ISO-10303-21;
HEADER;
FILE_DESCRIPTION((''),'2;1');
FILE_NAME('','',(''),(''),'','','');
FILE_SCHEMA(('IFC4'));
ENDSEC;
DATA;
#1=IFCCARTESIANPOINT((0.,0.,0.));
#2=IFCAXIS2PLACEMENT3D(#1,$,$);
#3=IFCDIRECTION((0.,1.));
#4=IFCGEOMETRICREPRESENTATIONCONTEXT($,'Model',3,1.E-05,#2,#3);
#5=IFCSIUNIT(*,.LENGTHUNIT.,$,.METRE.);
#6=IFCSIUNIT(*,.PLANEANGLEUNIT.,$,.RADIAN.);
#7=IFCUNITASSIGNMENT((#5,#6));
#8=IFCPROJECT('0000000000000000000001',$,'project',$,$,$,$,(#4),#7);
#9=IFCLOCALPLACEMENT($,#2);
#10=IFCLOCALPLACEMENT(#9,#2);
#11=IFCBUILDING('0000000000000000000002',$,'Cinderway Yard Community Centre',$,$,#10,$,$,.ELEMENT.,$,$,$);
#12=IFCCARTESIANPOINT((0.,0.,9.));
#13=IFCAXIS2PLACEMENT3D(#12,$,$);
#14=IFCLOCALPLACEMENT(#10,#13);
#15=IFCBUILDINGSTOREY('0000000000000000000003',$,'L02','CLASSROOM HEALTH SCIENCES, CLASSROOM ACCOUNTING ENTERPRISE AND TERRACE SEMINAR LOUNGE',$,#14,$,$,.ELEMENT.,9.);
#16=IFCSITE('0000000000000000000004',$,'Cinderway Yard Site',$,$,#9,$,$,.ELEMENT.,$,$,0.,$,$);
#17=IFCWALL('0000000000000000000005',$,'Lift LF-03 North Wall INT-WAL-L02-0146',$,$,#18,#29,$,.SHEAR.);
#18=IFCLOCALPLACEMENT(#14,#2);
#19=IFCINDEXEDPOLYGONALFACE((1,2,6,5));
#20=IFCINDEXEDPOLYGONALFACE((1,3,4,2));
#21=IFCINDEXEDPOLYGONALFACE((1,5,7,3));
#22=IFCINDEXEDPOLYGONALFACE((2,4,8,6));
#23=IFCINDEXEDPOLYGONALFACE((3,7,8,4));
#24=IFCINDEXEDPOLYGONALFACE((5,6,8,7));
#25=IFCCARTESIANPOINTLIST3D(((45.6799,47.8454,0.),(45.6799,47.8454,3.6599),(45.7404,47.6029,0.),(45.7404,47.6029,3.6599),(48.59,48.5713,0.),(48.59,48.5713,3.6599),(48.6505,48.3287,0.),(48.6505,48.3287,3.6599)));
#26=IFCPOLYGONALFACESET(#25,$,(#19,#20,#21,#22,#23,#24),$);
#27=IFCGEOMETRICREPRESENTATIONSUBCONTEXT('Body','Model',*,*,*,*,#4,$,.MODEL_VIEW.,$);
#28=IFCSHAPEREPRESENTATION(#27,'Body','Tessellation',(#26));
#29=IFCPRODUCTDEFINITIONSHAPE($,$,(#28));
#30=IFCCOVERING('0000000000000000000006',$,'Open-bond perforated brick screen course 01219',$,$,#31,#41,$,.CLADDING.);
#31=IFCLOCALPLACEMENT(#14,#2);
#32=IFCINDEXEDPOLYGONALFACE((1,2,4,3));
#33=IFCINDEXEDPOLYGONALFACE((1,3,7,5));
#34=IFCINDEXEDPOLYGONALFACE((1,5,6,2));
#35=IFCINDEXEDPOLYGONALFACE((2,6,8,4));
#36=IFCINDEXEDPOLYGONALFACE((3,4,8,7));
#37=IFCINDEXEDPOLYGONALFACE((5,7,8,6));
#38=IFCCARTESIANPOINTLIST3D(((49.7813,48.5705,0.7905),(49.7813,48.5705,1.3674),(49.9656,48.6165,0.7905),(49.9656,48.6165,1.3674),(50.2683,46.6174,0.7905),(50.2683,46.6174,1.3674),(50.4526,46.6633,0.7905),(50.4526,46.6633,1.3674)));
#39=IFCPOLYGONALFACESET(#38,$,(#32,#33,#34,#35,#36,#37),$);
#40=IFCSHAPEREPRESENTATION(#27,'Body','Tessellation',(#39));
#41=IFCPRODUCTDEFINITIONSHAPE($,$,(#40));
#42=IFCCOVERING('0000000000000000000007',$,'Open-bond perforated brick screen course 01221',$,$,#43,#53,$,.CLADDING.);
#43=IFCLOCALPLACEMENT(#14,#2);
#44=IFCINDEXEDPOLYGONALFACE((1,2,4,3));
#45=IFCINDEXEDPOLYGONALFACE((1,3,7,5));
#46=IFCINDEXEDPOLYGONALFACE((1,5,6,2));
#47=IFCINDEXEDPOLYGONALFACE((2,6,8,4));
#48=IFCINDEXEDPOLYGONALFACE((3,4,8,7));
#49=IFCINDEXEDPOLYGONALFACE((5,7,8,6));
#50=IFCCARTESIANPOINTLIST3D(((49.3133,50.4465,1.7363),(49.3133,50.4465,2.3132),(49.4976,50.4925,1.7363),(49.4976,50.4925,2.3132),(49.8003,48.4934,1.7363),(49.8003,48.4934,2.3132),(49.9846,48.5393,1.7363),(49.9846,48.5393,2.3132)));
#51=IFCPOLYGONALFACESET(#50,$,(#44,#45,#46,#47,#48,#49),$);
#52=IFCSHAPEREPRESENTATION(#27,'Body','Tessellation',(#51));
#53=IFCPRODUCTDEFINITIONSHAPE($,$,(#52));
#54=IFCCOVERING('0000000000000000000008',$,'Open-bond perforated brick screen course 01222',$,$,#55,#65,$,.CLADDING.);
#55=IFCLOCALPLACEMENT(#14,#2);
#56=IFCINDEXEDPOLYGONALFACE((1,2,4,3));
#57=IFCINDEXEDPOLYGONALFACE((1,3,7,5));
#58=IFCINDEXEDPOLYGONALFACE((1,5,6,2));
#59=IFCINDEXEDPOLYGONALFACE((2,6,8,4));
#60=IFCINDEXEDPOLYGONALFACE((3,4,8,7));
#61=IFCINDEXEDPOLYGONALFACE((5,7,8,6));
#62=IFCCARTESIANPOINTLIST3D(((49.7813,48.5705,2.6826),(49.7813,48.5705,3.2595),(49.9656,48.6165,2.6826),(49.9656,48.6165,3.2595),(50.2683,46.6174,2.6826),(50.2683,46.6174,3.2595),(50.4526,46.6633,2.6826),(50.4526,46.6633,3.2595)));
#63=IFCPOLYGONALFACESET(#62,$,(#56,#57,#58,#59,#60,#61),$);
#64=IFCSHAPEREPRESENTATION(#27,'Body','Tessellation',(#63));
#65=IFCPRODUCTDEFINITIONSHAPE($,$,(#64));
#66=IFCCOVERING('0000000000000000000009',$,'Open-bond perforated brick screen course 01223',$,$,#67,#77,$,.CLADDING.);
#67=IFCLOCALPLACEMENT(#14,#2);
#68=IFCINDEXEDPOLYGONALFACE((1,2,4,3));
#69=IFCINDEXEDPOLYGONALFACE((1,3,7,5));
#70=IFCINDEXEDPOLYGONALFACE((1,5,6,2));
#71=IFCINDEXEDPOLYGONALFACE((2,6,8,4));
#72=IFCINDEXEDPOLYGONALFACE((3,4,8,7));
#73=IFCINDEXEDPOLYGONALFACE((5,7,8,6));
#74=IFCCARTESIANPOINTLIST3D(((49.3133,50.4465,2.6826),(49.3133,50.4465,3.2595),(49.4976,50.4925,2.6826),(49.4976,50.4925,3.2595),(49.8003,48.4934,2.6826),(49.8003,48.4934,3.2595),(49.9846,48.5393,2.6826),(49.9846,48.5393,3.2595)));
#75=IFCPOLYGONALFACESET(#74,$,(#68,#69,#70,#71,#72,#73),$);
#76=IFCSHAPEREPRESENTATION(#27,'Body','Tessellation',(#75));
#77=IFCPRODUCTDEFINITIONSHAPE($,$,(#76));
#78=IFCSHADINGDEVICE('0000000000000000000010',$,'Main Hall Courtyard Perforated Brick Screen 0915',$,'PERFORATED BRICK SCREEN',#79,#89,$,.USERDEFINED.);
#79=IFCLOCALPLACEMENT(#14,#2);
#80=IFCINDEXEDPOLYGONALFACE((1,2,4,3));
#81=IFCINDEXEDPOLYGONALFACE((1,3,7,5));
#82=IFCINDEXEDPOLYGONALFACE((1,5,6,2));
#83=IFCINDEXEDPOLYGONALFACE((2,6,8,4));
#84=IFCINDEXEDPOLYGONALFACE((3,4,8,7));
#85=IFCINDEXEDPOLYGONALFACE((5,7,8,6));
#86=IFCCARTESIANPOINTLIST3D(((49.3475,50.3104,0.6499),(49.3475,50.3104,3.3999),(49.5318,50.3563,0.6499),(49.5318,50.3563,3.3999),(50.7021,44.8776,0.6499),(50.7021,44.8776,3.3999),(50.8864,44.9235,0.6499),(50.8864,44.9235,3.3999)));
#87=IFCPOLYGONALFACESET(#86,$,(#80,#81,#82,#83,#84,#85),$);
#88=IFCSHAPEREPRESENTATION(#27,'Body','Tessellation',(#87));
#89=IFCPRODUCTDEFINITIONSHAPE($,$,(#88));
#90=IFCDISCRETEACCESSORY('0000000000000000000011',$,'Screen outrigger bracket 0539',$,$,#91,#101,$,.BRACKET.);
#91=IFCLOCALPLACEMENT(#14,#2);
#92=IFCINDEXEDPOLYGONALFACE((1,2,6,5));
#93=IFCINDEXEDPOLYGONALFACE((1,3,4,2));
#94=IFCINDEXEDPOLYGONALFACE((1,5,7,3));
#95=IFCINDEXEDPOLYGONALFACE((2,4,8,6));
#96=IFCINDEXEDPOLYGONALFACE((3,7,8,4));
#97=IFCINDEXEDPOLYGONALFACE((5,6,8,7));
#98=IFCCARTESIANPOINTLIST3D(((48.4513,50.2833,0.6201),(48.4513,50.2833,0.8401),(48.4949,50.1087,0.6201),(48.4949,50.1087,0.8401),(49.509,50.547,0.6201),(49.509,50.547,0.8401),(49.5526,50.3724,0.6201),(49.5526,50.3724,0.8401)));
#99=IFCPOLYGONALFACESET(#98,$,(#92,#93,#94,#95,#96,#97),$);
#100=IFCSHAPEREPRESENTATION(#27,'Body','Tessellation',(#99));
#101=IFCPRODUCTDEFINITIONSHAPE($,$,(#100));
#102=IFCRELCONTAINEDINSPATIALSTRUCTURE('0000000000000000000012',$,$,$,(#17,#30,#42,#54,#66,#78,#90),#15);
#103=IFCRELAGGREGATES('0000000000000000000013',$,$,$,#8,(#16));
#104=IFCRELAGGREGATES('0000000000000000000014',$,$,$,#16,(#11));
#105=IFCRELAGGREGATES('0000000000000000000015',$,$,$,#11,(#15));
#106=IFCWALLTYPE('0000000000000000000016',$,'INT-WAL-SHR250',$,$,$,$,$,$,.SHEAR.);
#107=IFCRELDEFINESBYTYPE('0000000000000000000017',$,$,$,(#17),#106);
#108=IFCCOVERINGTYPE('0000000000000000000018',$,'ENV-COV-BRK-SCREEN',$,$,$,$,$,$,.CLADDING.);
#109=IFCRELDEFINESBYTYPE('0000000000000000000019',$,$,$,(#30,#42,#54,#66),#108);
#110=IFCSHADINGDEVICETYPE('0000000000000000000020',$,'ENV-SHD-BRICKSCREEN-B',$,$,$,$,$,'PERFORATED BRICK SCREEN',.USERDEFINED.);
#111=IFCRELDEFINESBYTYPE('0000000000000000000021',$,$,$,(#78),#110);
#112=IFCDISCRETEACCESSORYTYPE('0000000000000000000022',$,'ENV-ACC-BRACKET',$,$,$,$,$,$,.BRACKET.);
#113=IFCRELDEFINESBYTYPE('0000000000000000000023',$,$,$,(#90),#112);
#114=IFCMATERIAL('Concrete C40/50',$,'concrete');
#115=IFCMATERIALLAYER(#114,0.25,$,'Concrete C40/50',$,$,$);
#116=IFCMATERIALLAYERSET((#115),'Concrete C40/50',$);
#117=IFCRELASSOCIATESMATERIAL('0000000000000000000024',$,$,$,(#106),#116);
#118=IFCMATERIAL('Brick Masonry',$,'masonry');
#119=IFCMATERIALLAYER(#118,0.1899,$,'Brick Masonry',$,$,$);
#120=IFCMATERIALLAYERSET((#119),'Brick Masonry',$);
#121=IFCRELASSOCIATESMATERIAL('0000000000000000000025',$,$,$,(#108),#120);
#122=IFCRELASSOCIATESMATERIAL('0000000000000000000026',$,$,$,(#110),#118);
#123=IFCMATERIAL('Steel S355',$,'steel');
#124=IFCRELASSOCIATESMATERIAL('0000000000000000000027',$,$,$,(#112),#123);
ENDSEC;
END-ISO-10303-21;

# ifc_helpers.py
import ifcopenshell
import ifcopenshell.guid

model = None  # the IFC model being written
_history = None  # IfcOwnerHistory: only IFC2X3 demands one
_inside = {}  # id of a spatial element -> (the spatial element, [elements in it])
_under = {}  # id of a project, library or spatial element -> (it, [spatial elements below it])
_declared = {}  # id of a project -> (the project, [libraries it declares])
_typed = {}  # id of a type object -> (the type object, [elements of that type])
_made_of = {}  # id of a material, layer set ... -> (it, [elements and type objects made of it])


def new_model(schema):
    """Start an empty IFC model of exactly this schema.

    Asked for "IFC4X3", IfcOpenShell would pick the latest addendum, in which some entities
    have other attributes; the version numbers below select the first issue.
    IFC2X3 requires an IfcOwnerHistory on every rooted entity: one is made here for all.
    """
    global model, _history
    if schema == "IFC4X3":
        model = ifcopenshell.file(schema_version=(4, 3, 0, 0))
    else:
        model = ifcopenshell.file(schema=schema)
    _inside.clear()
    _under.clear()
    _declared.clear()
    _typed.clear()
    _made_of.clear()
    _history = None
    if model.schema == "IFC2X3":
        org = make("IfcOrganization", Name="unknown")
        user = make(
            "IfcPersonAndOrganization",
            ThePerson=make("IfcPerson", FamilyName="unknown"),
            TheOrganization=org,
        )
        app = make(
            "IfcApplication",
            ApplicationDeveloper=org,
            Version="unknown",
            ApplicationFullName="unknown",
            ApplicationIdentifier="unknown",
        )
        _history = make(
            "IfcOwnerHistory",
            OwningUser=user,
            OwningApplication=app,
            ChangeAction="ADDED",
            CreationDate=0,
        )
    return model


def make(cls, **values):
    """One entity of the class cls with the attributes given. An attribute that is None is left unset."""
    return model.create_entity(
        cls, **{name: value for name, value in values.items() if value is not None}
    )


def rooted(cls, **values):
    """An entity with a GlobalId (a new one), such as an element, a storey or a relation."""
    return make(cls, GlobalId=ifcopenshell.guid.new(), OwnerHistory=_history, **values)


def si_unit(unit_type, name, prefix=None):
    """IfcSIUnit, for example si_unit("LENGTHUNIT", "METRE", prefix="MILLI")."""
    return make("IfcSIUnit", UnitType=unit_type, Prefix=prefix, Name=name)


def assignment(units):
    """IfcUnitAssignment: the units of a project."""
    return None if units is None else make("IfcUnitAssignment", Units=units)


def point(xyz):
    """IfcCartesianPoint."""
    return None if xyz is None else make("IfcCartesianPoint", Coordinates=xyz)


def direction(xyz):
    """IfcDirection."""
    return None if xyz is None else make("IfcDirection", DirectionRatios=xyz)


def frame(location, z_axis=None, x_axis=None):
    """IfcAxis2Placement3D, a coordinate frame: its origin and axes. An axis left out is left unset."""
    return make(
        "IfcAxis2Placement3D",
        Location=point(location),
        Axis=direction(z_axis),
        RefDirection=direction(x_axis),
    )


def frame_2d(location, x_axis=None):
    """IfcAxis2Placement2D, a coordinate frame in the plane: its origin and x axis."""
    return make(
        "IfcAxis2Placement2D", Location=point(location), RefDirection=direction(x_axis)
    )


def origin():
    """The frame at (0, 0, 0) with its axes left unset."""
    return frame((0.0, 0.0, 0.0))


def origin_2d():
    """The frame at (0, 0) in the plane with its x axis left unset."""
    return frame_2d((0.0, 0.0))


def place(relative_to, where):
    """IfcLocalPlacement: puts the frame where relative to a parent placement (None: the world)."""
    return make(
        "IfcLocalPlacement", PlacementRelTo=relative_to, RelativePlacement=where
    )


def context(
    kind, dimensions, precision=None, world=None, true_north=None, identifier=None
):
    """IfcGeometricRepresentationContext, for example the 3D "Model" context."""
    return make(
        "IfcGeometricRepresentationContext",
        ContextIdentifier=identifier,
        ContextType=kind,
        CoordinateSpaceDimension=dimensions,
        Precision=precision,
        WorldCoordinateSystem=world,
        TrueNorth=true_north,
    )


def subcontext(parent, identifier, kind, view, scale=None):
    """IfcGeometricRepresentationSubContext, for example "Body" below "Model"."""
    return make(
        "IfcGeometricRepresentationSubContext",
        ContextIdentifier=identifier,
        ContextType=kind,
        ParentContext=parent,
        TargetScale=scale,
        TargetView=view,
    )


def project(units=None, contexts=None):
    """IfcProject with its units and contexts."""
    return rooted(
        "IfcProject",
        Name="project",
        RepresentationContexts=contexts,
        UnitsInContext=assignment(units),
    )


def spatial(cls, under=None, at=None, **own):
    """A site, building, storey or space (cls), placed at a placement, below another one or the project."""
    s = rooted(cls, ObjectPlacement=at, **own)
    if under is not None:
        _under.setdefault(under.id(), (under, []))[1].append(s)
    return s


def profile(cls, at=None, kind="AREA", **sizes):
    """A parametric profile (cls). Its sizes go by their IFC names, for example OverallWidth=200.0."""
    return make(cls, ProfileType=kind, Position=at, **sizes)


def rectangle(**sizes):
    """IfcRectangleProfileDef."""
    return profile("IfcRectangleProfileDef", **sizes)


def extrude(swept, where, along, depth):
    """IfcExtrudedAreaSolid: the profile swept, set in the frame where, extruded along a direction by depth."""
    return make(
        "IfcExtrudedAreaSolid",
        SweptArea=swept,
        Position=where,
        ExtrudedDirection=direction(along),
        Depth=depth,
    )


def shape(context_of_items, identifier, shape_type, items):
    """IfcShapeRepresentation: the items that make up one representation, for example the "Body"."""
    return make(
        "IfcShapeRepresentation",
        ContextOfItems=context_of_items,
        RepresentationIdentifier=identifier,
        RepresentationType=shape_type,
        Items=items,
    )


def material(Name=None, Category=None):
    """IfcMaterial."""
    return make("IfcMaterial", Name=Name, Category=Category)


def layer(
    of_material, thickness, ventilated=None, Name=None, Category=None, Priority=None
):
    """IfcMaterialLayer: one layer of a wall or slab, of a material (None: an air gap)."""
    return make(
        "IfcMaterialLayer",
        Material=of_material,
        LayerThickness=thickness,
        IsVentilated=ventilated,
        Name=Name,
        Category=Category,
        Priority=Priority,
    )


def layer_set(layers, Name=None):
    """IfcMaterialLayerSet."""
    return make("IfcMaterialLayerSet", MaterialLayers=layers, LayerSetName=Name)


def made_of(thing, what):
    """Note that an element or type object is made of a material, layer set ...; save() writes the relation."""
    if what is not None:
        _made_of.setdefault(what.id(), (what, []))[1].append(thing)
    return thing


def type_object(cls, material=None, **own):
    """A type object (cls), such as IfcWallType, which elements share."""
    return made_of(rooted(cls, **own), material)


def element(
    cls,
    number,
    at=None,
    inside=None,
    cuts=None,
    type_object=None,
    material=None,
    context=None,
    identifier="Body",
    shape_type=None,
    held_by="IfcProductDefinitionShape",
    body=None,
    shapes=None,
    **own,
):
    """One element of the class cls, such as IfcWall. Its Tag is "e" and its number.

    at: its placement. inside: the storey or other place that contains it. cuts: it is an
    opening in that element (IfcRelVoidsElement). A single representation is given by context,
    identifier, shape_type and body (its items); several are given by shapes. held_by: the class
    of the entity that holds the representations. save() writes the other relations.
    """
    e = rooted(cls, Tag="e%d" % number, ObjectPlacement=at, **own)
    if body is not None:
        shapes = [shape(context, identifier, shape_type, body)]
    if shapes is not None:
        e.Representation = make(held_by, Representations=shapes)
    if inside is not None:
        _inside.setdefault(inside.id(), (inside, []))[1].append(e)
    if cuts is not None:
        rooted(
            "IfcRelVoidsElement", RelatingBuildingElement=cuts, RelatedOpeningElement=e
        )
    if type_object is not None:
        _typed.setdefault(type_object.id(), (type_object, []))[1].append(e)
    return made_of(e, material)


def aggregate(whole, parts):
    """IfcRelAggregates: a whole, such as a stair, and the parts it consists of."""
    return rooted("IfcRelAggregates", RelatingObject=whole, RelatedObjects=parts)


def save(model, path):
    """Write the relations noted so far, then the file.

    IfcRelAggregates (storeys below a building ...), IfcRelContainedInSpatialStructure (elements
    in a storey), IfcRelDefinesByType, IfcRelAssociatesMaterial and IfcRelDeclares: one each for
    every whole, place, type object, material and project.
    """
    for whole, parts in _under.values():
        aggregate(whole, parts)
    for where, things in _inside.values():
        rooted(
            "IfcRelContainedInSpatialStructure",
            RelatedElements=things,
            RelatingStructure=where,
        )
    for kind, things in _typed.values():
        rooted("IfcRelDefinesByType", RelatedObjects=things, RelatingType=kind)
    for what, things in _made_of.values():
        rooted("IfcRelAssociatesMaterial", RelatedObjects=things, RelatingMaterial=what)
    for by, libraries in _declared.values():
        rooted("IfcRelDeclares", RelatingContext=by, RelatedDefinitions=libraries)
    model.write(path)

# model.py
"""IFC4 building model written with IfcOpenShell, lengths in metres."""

from ifc_helpers import new_model, si_unit, direction, frame, frame_2d, origin, origin_2d, place, context, subcontext, project, spatial, rectangle, extrude, material, layer, layer_set, type_object, element, save


model = new_model("IFC4")

# Units and contexts
model_context = context("Model", 3, precision=1e-05, world=origin(), true_north=direction((0.0, 1.0)))
body_context = subcontext(model_context, "Body", "Model", "MODEL_VIEW")
ifc_project = project(units=[si_unit("LENGTHUNIT", "METRE"), si_unit("PLANEANGLEUNIT", "RADIAN")], contexts=[model_context])

# Site, building, storey
site_placement = place(None, origin())
site = spatial("IfcSite", under=ifc_project, at=site_placement, Name="Cinderway Yard Site", CompositionType="ELEMENT", RefElevation=0.0)
building_placement = place(site_placement, origin())
building = spatial("IfcBuilding", under=site, at=building_placement, Name="Cinderway Yard Community Centre", CompositionType="ELEMENT")
storey_placement = place(building_placement, frame((0.0, 0.0, 9.0)))
storey = spatial("IfcBuildingStorey", under=building, at=storey_placement, Name="L02", Description="CLASSROOM HEALTH SCIENCES, CLASSROOM ACCOUNTING ENTERPRISE AND TERRACE SEMINAR LOUNGE", CompositionType="ELEMENT", Elevation=9.0)

# Shared definitions
ifc_material_1 = material(Name="Concrete C40/50", Category="concrete")

# Shared definitions
ifc_material_2 = material(Name="Steel S355", Category="steel")

# Wall
ifc_layer_1 = layer(ifc_material_1, 0.25, Name="Concrete C40/50")
ifc_layer_set_1 = layer_set([ifc_layer_1], Name="Concrete C40/50")
wall_type = type_object("IfcWallType", Name="INT-WAL-SHR250", PredefinedType="SHEAR", material=ifc_layer_set_1)
wall_placement = place(storey_placement, frame((48.6201, 48.45, 0.0), z_axis=(0.0, 0.0, 1.0), x_axis=(-0.970276, -0.241999, 0.0)))
element("IfcWall", 1, at=wall_placement, inside=storey, type_object=wall_type, Name="Lift LF-03 North Wall INT-WAL-L02-0146", PredefinedType="SHEAR", context=body_context, shape_type="SweptSolid", body=[
    extrude(rectangle(XDim=2.9993, YDim=0.25, at=frame_2d((1.4995, 0.0))), origin(), (0.0, 0.0, 1.0), 3.6599),
])

# Coverings
ifc_material_3 = material(Name="Brick Masonry", Category="masonry")
ifc_layer_2 = layer(ifc_material_3, 0.1899, Name="Brick Masonry")
ifc_layer_set_2 = layer_set([ifc_layer_2], Name="Brick Masonry")
covering_type = type_object("IfcCoveringType", Name="ENV-COV-BRK-SCREEN", PredefinedType="CLADDING", material=ifc_layer_set_2)
for number, where, z_axis, x_axis, name in (
    (2, (50.1169, 47.6169, 0.7905), (0.0, 0.0, 1.0), (0.241922, -0.970296, 0.0), "Open-bond perforated brick screen course 01219"),
    (3, (49.6489, 49.4929, 1.7363), (0.0, 0.0, 1.0), (0.241922, -0.970296, 0.0), "Open-bond perforated brick screen course 01221"),
    (4, (50.1169, 47.6169, 2.6826), (0.0, 0.0, 1.0), (0.241922, -0.970296, 0.0), "Open-bond perforated brick screen course 01222"),
    (5, (49.6489, 49.4929, 2.6826), (0.0, 0.0, 1.0), (0.241922, -0.970296, 0.0), "Open-bond perforated brick screen course 01223"),
):
    element("IfcCovering", number, at=place(storey_placement, frame(where, z_axis=z_axis, x_axis=x_axis)), inside=storey, type_object=covering_type, Name=name, PredefinedType="CLADDING", context=body_context, shape_type="SweptSolid", body=[
        extrude(rectangle(XDim=2.0129, YDim=0.1899, at=origin_2d()), origin(), (0.0, 0.0, 1.0), 0.5769),
    ])

# Shading device
shading_device_type = type_object("IfcShadingDeviceType", Name="ENV-SHD-BRICKSCREEN-B", ElementType="PERFORATED BRICK SCREEN", PredefinedType="USERDEFINED", material=ifc_material_3)
shading_device_placement = place(storey_placement, frame((50.1169, 47.6169, 0.6499), z_axis=(0.0, 0.0, 1.0), x_axis=(0.241922, -0.970296, 0.0)))
element("IfcShadingDevice", 6, at=shading_device_placement, inside=storey, type_object=shading_device_type, Name="Main Hall Courtyard Perforated Brick Screen 0915", ObjectType="PERFORATED BRICK SCREEN", PredefinedType="USERDEFINED", context=body_context, shape_type="SweptSolid", body=[
    extrude(rectangle(XDim=5.5991, YDim=0.1899, at=origin_2d()), origin(), (0.0, 0.0, 1.0), 2.75),
])

# Discrete accessory
discrete_accessory_type = type_object("IfcDiscreteAccessoryType", Name="ENV-ACC-BRACKET", PredefinedType="BRACKET", material=ifc_material_2)
discrete_accessory_placement = place(storey_placement, frame((49.002, 50.3279, 0.6201), z_axis=(0.0, 0.0, 1.0), x_axis=(0.970296, 0.241922, 0.0)))
element("IfcDiscreteAccessory", 7, at=discrete_accessory_placement, inside=storey, type_object=discrete_accessory_type, Name="Screen outrigger bracket 0539", PredefinedType="BRACKET", context=body_context, shape_type="SweptSolid", body=[
    extrude(rectangle(XDim=1.0901, YDim=0.1799, at=origin_2d()), origin(), (0.0, 0.0, 1.0), 0.22),
])

save(model, "model.ifc")
